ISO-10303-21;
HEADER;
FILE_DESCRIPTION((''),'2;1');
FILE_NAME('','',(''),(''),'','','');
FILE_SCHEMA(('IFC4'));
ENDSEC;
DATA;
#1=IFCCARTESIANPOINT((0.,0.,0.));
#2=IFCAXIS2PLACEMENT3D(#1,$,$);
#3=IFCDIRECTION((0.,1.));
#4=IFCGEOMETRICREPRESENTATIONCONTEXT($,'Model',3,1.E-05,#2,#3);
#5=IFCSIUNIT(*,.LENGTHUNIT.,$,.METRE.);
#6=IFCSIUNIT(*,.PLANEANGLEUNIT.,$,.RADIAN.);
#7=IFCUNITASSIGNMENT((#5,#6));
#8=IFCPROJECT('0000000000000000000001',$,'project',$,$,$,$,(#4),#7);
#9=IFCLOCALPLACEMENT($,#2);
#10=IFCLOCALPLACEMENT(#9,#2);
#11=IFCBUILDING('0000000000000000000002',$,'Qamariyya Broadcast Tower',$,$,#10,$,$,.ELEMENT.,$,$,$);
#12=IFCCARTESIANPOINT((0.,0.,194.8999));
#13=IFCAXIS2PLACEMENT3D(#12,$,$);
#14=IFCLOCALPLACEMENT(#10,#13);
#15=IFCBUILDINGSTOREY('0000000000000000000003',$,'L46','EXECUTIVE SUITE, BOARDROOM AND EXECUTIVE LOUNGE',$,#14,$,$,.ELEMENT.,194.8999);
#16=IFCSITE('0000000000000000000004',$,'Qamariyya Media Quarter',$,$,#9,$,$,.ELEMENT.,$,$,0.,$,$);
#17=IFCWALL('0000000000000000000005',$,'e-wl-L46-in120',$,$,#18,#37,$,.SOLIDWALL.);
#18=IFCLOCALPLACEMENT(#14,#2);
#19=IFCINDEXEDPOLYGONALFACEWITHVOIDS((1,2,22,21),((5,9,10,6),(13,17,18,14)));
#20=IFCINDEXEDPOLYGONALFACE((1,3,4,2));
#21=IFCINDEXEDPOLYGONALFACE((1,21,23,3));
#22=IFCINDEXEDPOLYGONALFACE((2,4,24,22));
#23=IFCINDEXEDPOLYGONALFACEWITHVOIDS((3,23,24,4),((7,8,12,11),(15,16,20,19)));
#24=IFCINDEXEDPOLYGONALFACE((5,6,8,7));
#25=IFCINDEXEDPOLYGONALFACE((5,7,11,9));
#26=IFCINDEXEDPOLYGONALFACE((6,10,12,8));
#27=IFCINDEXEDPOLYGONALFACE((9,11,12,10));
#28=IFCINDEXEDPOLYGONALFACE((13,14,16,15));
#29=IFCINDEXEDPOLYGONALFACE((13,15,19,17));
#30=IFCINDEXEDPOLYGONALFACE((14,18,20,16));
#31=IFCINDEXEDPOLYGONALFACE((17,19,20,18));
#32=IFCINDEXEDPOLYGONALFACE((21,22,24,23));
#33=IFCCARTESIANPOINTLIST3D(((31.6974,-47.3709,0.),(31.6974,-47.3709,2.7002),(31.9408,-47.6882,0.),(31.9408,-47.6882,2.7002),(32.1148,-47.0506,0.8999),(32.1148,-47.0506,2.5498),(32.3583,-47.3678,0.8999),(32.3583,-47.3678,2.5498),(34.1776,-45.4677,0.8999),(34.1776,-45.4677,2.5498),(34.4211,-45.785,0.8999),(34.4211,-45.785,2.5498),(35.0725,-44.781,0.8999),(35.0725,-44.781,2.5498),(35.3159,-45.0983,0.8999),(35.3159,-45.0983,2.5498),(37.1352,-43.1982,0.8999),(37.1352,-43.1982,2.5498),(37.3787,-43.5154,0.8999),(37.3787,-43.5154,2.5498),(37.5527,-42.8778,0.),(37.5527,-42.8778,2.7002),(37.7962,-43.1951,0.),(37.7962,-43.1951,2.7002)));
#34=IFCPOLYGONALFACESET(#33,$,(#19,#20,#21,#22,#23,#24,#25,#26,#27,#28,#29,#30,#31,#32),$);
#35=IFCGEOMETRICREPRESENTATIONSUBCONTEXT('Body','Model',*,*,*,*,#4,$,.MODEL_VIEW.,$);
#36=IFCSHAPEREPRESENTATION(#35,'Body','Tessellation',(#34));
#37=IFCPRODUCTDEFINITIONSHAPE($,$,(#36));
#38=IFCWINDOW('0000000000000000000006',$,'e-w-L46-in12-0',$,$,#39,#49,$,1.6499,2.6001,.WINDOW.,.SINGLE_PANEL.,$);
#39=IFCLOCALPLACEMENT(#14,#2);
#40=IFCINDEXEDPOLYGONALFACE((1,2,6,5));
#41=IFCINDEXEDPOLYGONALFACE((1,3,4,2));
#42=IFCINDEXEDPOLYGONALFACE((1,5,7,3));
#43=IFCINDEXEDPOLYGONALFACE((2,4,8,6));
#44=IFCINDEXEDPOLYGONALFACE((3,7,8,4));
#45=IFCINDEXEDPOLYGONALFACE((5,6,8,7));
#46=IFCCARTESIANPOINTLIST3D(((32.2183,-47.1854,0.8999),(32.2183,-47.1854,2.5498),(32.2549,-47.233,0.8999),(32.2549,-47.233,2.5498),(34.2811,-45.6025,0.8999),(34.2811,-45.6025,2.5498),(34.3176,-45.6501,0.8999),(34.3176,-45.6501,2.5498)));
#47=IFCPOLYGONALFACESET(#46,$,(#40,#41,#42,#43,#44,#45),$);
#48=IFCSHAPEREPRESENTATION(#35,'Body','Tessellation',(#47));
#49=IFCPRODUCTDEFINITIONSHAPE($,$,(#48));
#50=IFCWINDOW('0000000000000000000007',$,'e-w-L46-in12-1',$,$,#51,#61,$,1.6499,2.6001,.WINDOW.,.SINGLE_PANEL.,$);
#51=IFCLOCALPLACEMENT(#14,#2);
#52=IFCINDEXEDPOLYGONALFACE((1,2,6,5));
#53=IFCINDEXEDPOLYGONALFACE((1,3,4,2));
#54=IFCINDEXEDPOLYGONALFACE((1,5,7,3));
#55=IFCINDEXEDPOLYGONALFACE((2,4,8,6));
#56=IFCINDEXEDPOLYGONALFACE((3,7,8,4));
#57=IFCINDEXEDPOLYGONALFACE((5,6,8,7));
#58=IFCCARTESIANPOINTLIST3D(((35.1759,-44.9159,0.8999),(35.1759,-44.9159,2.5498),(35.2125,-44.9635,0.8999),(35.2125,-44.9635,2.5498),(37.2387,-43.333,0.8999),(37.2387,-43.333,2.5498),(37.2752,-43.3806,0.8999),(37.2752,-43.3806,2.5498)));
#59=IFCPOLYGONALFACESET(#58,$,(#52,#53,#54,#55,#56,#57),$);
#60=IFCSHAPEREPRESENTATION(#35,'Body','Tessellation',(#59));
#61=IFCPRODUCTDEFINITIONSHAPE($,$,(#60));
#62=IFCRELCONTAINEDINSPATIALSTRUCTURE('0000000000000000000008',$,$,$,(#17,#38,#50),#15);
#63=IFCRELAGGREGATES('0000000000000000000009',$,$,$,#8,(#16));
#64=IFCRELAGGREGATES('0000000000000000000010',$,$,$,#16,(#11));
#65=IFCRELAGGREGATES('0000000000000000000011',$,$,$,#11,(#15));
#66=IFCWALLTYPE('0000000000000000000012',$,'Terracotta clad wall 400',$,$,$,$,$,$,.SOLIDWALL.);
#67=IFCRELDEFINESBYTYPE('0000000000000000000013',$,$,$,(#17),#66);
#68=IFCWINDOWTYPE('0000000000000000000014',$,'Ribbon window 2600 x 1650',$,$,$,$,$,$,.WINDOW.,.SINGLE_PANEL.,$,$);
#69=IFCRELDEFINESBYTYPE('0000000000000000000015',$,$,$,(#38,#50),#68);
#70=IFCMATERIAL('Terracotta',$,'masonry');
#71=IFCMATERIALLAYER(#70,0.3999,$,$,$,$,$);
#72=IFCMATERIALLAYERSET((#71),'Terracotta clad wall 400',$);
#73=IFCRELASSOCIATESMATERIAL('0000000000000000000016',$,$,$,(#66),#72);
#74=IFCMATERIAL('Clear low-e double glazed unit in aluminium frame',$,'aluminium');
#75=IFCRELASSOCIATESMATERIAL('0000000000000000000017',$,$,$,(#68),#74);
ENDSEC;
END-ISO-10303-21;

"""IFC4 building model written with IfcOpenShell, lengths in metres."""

from ifc_helpers import new_model, si_unit, direction, frame, frame_2d, origin, place, context, subcontext, project, spatial, rectangle, extrude, material, layer, layer_set, type_object, element, fill, save


model = new_model("IFC4")

# Units and contexts
model_context = context("Model", 3, precision=1e-05, world=origin(), true_north=direction((0.0, 1.0)))
body_context = subcontext(model_context, "Body", "Model", "MODEL_VIEW")
ifc_project = project(units=[si_unit("LENGTHUNIT", "METRE"), si_unit("PLANEANGLEUNIT", "RADIAN")], contexts=[model_context])

# Site, building, storey
site_placement = place(None, origin())
site = spatial("IfcSite", under=ifc_project, at=site_placement, Name="Qamariyya Media Quarter", CompositionType="ELEMENT", RefElevation=0.0)
building_placement = place(site_placement, origin())
building = spatial("IfcBuilding", under=site, at=building_placement, Name="Qamariyya Broadcast Tower", CompositionType="ELEMENT")
storey_placement = place(building_placement, frame((0.0, 0.0, 194.8999)))
storey = spatial("IfcBuildingStorey", under=building, at=storey_placement, Name="L46", Description="EXECUTIVE SUITE, BOARDROOM AND EXECUTIVE LOUNGE", CompositionType="ELEMENT", Elevation=194.8999)

# Wall, openings, windows
ifc_material_1 = material(Name="Terracotta", Category="masonry")
ifc_layer = layer(ifc_material_1, 0.3999)
ifc_layer_set = layer_set([ifc_layer], Name="Terracotta clad wall 400")
wall_type = type_object("IfcWallType", Name="Terracotta clad wall 400", PredefinedType="SOLIDWALL", material=ifc_layer_set)
wall_placement = place(storey_placement, frame((37.6746, -43.0364, 0.0), z_axis=(0.0, 0.0, 1.0), x_axis=(-0.793346, -0.60877, 0.0)))
wall = element("IfcWall", 1, at=wall_placement, inside=storey, type_object=wall_type, Name="e-wl-L46-in120", PredefinedType="SOLIDWALL", context=body_context, shape_type="SweptSolid", body=[
    extrude(rectangle(XDim=7.3806, YDim=0.3999, at=frame_2d((3.6904, 0.0))), origin(), (0.0, 0.0, 1.0), 2.7002),
])
opening_1_placement = place(wall_placement, frame((4.2544, 0.0, 0.8999)))
opening_1 = element("IfcOpeningElement", 2, at=opening_1_placement, cuts=wall, PredefinedType="OPENING", context=body_context, shape_type="SweptSolid", body=[
    extrude(rectangle(XDim=2.6001, YDim=1.6499, at=frame_2d((1.3, 0.825))), frame((0.0, 0.21, 0.0), z_axis=(0.0, -1.0, 0.0), x_axis=(1.0, 0.0, 0.0)), (0.0, 0.0, 1.0), 0.4199),
])
opening_2_placement = place(wall_placement, frame((0.5264, 0.0, 0.8999)))
opening_2 = element("IfcOpeningElement", 3, at=opening_2_placement, cuts=wall, PredefinedType="OPENING", context=body_context, shape_type="SweptSolid", body=[
    extrude(rectangle(XDim=2.6001, YDim=1.6499, at=frame_2d((1.3, 0.825))), frame((0.0, 0.21, 0.0), z_axis=(0.0, -1.0, 0.0), x_axis=(1.0, 0.0, 0.0)), (0.0, 0.0, 1.0), 0.4199),
])
ifc_material_2 = material(Name="Clear low-e double glazed unit in aluminium frame", Category="aluminium")
window_type = type_object("IfcWindowType", Name="Ribbon window 2600 x 1650", PartitioningType="SINGLE_PANEL", PredefinedType="WINDOW", material=ifc_material_2)
window_1_placement = place(opening_1_placement, origin())
window_1 = element("IfcWindow", 4, at=window_1_placement, inside=storey, type_object=window_type, Name="e-w-L46-in12-0", OverallHeight=1.6499, OverallWidth=2.6001, PartitioningType="SINGLE_PANEL", PredefinedType="WINDOW", context=body_context, shape_type="SweptSolid", body=[
    extrude(rectangle(XDim=2.6001, YDim=1.6499, at=frame_2d((1.3, 0.825))), frame((0.0, 0.03, 0.0), z_axis=(0.0, -1.0, 0.0), x_axis=(1.0, 0.0, 0.0)), (0.0, 0.0, 1.0), 0.0601),
])
fill(opening_1, window_1)
window_2_placement = place(opening_2_placement, origin())
window_2 = element("IfcWindow", 5, at=window_2_placement, inside=storey, type_object=window_type, Name="e-w-L46-in12-1", OverallHeight=1.6499, OverallWidth=2.6001, PartitioningType="SINGLE_PANEL", PredefinedType="WINDOW", context=body_context, shape_type="SweptSolid", body=[
    extrude(rectangle(XDim=2.6001, YDim=1.6499, at=frame_2d((1.3, 0.825))), frame((0.0, 0.03, 0.0), z_axis=(0.0, -1.0, 0.0), x_axis=(1.0, 0.0, 0.0)), (0.0, 0.0, 1.0), 0.0601),
])
fill(opening_2, window_2)

save(model, "model.ifc")
